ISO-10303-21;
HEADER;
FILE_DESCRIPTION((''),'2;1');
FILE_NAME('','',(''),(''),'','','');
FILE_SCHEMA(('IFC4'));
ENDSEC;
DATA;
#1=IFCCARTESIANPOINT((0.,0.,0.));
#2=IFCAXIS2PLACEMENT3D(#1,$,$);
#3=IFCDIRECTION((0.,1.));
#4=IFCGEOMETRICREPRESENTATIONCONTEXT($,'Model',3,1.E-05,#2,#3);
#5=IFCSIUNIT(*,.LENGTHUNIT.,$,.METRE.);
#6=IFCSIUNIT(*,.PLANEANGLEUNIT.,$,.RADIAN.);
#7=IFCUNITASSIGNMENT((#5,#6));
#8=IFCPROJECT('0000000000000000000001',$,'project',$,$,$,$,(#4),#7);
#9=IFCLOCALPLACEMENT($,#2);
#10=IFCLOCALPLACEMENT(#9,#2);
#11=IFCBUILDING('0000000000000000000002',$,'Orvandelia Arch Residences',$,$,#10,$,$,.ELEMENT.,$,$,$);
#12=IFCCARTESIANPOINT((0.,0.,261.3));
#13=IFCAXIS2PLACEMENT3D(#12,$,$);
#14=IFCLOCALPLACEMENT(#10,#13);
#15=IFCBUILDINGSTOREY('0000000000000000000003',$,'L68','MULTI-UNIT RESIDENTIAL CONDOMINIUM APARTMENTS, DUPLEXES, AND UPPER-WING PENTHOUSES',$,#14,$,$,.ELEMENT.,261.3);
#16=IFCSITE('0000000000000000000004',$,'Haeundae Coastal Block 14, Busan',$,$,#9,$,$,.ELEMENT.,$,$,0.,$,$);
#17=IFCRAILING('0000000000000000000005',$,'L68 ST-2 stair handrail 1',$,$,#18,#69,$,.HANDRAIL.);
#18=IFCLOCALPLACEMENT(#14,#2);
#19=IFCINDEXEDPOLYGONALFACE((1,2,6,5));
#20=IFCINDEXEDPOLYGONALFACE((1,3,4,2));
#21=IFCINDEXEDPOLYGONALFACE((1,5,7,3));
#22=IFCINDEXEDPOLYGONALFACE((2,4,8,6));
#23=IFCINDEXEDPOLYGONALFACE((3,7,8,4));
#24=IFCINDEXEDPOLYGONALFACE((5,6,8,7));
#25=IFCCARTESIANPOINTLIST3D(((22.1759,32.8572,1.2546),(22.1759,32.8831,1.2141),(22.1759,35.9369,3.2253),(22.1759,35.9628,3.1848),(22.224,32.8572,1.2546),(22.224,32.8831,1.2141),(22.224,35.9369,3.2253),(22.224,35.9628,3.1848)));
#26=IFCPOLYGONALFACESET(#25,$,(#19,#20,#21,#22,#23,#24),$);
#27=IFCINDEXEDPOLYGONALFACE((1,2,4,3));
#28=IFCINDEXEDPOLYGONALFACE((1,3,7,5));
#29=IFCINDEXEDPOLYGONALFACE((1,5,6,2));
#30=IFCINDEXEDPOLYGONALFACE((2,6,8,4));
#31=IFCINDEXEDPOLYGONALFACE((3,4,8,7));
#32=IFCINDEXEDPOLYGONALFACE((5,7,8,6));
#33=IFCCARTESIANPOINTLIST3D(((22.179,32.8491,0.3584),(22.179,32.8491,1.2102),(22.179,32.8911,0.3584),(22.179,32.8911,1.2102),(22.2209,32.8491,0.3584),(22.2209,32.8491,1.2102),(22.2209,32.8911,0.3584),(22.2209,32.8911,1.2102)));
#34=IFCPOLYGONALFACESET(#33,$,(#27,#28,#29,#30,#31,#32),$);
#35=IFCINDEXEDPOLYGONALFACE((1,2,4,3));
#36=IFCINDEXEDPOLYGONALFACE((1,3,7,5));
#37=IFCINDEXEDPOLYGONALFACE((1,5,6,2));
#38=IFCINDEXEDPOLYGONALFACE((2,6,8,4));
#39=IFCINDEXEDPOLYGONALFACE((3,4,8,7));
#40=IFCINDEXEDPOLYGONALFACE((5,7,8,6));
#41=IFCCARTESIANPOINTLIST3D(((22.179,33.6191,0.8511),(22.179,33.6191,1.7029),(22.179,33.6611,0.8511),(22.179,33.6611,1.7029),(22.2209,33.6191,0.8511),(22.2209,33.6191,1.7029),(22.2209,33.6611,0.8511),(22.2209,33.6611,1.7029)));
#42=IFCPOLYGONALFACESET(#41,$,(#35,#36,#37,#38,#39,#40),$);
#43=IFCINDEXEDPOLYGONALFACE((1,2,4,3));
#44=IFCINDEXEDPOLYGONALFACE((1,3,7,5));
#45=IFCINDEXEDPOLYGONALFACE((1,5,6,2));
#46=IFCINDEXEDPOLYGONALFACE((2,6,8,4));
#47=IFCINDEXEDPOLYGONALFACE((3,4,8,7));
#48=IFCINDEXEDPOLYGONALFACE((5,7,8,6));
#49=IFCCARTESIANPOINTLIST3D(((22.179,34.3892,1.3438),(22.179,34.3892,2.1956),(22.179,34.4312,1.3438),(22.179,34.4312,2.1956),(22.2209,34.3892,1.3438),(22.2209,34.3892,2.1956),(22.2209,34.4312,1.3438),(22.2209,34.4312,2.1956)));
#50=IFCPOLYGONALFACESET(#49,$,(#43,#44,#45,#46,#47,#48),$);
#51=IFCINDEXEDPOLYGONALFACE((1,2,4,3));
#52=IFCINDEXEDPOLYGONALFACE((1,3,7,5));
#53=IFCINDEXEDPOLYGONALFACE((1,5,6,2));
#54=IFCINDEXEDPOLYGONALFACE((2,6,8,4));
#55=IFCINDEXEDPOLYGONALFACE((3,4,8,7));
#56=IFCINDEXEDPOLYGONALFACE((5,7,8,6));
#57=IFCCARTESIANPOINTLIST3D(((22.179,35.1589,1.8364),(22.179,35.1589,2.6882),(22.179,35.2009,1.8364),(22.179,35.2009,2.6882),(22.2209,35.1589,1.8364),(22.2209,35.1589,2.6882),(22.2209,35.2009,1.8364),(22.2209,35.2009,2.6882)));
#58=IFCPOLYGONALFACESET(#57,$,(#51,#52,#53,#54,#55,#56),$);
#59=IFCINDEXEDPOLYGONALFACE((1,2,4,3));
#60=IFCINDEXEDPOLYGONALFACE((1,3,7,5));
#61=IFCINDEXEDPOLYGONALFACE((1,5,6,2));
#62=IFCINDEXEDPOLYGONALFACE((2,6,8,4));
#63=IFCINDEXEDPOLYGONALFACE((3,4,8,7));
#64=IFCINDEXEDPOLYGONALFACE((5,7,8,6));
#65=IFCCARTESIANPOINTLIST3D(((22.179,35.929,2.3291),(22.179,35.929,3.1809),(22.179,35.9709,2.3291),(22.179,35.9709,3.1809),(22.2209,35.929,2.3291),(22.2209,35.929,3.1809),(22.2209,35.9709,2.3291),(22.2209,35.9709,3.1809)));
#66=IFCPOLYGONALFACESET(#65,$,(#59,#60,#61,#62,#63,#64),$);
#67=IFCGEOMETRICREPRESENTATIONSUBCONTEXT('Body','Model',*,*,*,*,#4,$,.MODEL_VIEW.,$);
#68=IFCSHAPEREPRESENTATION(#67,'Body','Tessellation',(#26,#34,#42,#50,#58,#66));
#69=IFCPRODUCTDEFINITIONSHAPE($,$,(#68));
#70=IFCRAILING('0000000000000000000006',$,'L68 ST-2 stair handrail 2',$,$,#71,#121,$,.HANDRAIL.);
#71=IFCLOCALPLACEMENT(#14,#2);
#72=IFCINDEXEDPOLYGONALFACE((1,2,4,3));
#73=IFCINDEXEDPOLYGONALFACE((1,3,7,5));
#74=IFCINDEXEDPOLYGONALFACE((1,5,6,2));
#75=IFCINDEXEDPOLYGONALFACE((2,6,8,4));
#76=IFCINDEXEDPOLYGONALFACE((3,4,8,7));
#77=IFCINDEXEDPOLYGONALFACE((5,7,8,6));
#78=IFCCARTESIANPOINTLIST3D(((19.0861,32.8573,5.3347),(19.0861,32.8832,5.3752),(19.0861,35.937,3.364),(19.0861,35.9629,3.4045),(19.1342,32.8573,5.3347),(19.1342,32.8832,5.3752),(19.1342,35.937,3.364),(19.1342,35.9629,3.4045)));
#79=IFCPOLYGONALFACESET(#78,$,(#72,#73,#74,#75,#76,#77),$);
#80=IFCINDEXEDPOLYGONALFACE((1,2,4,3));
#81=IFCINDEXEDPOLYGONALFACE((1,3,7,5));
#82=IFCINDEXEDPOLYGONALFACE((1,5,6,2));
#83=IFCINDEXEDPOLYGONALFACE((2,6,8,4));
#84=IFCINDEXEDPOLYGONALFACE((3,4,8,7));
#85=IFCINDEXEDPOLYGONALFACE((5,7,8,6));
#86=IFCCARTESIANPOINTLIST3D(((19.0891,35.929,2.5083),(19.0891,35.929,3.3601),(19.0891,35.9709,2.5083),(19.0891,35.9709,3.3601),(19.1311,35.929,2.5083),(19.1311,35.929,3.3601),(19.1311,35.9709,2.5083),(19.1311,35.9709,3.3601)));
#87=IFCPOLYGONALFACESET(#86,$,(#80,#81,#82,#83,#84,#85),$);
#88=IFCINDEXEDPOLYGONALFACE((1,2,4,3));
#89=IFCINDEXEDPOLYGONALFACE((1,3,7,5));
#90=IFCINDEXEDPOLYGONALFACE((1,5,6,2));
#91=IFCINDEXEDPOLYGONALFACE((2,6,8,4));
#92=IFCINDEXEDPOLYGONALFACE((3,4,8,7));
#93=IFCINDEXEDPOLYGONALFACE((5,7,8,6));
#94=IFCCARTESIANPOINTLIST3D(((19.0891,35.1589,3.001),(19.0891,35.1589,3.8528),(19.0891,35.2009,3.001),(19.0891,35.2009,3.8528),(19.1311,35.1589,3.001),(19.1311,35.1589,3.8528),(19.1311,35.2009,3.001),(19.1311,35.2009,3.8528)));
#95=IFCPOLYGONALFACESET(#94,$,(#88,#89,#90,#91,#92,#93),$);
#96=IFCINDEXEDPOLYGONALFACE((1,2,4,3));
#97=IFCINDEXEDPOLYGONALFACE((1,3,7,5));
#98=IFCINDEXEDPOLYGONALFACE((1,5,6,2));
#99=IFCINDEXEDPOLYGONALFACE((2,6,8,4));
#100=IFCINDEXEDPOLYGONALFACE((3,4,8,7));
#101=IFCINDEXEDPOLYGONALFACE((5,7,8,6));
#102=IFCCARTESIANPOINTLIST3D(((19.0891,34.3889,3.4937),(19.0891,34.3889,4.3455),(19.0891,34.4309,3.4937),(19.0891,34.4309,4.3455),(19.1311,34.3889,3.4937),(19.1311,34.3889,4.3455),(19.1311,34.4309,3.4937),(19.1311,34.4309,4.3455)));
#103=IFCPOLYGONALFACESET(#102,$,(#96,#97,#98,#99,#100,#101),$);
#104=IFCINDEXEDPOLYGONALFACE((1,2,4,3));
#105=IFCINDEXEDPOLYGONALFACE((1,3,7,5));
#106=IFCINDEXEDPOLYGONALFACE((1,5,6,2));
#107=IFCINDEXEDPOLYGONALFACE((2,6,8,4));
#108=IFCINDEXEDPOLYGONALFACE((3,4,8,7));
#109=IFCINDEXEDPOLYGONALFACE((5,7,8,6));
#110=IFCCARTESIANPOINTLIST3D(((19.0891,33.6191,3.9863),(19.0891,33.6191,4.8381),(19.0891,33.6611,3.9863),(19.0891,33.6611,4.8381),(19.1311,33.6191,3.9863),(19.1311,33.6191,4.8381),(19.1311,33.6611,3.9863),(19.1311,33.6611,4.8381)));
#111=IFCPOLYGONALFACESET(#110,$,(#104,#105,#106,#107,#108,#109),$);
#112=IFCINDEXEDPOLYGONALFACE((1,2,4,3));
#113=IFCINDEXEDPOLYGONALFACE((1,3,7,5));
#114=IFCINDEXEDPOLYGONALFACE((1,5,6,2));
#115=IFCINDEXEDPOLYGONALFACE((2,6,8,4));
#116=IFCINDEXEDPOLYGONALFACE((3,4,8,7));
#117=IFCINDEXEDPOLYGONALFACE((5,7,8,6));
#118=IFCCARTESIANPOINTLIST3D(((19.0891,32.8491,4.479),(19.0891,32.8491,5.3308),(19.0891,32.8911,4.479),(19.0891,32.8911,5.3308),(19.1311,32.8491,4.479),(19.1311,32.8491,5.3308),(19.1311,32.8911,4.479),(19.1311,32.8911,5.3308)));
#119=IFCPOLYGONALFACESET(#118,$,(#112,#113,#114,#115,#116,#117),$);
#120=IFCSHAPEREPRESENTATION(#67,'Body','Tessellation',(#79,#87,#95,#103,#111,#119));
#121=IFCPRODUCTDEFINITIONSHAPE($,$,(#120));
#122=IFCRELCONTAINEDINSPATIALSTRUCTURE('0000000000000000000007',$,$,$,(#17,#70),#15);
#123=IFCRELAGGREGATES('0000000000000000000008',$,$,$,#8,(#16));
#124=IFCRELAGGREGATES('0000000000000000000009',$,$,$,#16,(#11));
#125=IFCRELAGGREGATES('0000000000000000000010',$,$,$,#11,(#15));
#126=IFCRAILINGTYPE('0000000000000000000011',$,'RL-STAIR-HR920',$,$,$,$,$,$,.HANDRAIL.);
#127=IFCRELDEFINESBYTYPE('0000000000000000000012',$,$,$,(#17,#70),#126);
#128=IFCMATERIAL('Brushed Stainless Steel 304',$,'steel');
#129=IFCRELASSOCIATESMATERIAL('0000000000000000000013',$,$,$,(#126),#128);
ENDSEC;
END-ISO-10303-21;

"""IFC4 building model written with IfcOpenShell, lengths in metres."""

from ifc_helpers import new_model, si_unit, direction, frame, origin, origin_2d, place, context, subcontext, project, spatial, rectangle, extrude, material, type_object, element, save


model = new_model("IFC4")

# Units and contexts
model_context = context("Model", 3, precision=1e-05, world=origin(), true_north=direction((0.0, 1.0)))
body_context = subcontext(model_context, "Body", "Model", "MODEL_VIEW")
ifc_project = project(units=[si_unit("LENGTHUNIT", "METRE"), si_unit("PLANEANGLEUNIT", "RADIAN")], contexts=[model_context])

# Site, building, storey
site_placement = place(None, origin())
site = spatial("IfcSite", under=ifc_project, at=site_placement, Name="Haeundae Coastal Block 14, Busan", CompositionType="ELEMENT", RefElevation=0.0)
building_placement = place(site_placement, origin())
building = spatial("IfcBuilding", under=site, at=building_placement, Name="Orvandelia Arch Residences", CompositionType="ELEMENT")
storey_placement = place(building_placement, frame((0.0, 0.0, 261.3)))
storey = spatial("IfcBuildingStorey", under=building, at=storey_placement, Name="L68", Description="MULTI-UNIT RESIDENTIAL CONDOMINIUM APARTMENTS, DUPLEXES, AND UPPER-WING PENTHOUSES", CompositionType="ELEMENT", Elevation=261.3)

# Railings
ifc_material_1 = material(Name="Brushed Stainless Steel 304", Category="steel")
railing_type_1 = type_object("IfcRailingType", Name="RL-STAIR-HR920", PredefinedType="HANDRAIL", material=ifc_material_1)
railing_1_placement = place(storey_placement, frame((22.2, 32.8701, 0.3584)))
element("IfcRailing", 1, at=railing_1_placement, inside=storey, type_object=railing_type_1, Name="L68 ST-2 stair handrail 1", PredefinedType="HANDRAIL", context=body_context, shape_type="SweptSolid", body=[
    extrude(rectangle(XDim=0.0481, YDim=0.0481, at=origin_2d()), frame((0.0, 0.0, 0.876), z_axis=(0.0, 0.84232, 0.538978), x_axis=(-1.0, 0.0, 0.0)), (0.0, 0.0, 1.0), 3.6562),
    extrude(rectangle(XDim=0.042, YDim=0.042, at=origin_2d()), origin(), (0.0, 0.0, 1.0), 0.8518),
    extrude(rectangle(XDim=0.042, YDim=0.042, at=origin_2d()), frame((0.0, 0.77, 0.4927)), (0.0, 0.0, 1.0), 0.8518),
    extrude(rectangle(XDim=0.042, YDim=0.042, at=origin_2d()), frame((0.0, 1.54, 0.9854)), (0.0, 0.0, 1.0), 0.8518),
    extrude(rectangle(XDim=0.042, YDim=0.042, at=origin_2d()), frame((0.0, 2.3098, 1.478)), (0.0, 0.0, 1.0), 0.8518),
    extrude(rectangle(XDim=0.042, YDim=0.042, at=origin_2d()), frame((0.0, 3.0798, 1.9707)), (0.0, 0.0, 1.0), 0.8518),
])
railing_2_placement = place(storey_placement, frame((19.1101, 35.95, 2.5083)))
element("IfcRailing", 2, at=railing_2_placement, inside=storey, type_object=railing_type_1, Name="L68 ST-2 stair handrail 2", PredefinedType="HANDRAIL", context=body_context, shape_type="SweptSolid", body=[
    extrude(rectangle(XDim=0.0481, YDim=0.0481, at=origin_2d()), frame((0.0, 0.0, 0.876), z_axis=(0.0, -0.84232, 0.538978), x_axis=(1.0, 0.0, 0.0)), (0.0, 0.0, 1.0), 3.6562),
    extrude(rectangle(XDim=0.042, YDim=0.042, at=origin_2d()), origin(), (0.0, 0.0, 1.0), 0.8518),
    extrude(rectangle(XDim=0.042, YDim=0.042, at=origin_2d()), frame((0.0, -0.77, 0.4927)), (0.0, 0.0, 1.0), 0.8518),
    extrude(rectangle(XDim=0.042, YDim=0.042, at=origin_2d()), frame((0.0, -1.54, 0.9854)), (0.0, 0.0, 1.0), 0.8518),
    extrude(rectangle(XDim=0.042, YDim=0.042, at=origin_2d()), frame((0.0, -2.3098, 1.478)), (0.0, 0.0, 1.0), 0.8518),
    extrude(rectangle(XDim=0.042, YDim=0.042, at=origin_2d()), frame((0.0, -3.0798, 1.9707)), (0.0, 0.0, 1.0), 0.8518),
])

save(model, "model.ifc")
